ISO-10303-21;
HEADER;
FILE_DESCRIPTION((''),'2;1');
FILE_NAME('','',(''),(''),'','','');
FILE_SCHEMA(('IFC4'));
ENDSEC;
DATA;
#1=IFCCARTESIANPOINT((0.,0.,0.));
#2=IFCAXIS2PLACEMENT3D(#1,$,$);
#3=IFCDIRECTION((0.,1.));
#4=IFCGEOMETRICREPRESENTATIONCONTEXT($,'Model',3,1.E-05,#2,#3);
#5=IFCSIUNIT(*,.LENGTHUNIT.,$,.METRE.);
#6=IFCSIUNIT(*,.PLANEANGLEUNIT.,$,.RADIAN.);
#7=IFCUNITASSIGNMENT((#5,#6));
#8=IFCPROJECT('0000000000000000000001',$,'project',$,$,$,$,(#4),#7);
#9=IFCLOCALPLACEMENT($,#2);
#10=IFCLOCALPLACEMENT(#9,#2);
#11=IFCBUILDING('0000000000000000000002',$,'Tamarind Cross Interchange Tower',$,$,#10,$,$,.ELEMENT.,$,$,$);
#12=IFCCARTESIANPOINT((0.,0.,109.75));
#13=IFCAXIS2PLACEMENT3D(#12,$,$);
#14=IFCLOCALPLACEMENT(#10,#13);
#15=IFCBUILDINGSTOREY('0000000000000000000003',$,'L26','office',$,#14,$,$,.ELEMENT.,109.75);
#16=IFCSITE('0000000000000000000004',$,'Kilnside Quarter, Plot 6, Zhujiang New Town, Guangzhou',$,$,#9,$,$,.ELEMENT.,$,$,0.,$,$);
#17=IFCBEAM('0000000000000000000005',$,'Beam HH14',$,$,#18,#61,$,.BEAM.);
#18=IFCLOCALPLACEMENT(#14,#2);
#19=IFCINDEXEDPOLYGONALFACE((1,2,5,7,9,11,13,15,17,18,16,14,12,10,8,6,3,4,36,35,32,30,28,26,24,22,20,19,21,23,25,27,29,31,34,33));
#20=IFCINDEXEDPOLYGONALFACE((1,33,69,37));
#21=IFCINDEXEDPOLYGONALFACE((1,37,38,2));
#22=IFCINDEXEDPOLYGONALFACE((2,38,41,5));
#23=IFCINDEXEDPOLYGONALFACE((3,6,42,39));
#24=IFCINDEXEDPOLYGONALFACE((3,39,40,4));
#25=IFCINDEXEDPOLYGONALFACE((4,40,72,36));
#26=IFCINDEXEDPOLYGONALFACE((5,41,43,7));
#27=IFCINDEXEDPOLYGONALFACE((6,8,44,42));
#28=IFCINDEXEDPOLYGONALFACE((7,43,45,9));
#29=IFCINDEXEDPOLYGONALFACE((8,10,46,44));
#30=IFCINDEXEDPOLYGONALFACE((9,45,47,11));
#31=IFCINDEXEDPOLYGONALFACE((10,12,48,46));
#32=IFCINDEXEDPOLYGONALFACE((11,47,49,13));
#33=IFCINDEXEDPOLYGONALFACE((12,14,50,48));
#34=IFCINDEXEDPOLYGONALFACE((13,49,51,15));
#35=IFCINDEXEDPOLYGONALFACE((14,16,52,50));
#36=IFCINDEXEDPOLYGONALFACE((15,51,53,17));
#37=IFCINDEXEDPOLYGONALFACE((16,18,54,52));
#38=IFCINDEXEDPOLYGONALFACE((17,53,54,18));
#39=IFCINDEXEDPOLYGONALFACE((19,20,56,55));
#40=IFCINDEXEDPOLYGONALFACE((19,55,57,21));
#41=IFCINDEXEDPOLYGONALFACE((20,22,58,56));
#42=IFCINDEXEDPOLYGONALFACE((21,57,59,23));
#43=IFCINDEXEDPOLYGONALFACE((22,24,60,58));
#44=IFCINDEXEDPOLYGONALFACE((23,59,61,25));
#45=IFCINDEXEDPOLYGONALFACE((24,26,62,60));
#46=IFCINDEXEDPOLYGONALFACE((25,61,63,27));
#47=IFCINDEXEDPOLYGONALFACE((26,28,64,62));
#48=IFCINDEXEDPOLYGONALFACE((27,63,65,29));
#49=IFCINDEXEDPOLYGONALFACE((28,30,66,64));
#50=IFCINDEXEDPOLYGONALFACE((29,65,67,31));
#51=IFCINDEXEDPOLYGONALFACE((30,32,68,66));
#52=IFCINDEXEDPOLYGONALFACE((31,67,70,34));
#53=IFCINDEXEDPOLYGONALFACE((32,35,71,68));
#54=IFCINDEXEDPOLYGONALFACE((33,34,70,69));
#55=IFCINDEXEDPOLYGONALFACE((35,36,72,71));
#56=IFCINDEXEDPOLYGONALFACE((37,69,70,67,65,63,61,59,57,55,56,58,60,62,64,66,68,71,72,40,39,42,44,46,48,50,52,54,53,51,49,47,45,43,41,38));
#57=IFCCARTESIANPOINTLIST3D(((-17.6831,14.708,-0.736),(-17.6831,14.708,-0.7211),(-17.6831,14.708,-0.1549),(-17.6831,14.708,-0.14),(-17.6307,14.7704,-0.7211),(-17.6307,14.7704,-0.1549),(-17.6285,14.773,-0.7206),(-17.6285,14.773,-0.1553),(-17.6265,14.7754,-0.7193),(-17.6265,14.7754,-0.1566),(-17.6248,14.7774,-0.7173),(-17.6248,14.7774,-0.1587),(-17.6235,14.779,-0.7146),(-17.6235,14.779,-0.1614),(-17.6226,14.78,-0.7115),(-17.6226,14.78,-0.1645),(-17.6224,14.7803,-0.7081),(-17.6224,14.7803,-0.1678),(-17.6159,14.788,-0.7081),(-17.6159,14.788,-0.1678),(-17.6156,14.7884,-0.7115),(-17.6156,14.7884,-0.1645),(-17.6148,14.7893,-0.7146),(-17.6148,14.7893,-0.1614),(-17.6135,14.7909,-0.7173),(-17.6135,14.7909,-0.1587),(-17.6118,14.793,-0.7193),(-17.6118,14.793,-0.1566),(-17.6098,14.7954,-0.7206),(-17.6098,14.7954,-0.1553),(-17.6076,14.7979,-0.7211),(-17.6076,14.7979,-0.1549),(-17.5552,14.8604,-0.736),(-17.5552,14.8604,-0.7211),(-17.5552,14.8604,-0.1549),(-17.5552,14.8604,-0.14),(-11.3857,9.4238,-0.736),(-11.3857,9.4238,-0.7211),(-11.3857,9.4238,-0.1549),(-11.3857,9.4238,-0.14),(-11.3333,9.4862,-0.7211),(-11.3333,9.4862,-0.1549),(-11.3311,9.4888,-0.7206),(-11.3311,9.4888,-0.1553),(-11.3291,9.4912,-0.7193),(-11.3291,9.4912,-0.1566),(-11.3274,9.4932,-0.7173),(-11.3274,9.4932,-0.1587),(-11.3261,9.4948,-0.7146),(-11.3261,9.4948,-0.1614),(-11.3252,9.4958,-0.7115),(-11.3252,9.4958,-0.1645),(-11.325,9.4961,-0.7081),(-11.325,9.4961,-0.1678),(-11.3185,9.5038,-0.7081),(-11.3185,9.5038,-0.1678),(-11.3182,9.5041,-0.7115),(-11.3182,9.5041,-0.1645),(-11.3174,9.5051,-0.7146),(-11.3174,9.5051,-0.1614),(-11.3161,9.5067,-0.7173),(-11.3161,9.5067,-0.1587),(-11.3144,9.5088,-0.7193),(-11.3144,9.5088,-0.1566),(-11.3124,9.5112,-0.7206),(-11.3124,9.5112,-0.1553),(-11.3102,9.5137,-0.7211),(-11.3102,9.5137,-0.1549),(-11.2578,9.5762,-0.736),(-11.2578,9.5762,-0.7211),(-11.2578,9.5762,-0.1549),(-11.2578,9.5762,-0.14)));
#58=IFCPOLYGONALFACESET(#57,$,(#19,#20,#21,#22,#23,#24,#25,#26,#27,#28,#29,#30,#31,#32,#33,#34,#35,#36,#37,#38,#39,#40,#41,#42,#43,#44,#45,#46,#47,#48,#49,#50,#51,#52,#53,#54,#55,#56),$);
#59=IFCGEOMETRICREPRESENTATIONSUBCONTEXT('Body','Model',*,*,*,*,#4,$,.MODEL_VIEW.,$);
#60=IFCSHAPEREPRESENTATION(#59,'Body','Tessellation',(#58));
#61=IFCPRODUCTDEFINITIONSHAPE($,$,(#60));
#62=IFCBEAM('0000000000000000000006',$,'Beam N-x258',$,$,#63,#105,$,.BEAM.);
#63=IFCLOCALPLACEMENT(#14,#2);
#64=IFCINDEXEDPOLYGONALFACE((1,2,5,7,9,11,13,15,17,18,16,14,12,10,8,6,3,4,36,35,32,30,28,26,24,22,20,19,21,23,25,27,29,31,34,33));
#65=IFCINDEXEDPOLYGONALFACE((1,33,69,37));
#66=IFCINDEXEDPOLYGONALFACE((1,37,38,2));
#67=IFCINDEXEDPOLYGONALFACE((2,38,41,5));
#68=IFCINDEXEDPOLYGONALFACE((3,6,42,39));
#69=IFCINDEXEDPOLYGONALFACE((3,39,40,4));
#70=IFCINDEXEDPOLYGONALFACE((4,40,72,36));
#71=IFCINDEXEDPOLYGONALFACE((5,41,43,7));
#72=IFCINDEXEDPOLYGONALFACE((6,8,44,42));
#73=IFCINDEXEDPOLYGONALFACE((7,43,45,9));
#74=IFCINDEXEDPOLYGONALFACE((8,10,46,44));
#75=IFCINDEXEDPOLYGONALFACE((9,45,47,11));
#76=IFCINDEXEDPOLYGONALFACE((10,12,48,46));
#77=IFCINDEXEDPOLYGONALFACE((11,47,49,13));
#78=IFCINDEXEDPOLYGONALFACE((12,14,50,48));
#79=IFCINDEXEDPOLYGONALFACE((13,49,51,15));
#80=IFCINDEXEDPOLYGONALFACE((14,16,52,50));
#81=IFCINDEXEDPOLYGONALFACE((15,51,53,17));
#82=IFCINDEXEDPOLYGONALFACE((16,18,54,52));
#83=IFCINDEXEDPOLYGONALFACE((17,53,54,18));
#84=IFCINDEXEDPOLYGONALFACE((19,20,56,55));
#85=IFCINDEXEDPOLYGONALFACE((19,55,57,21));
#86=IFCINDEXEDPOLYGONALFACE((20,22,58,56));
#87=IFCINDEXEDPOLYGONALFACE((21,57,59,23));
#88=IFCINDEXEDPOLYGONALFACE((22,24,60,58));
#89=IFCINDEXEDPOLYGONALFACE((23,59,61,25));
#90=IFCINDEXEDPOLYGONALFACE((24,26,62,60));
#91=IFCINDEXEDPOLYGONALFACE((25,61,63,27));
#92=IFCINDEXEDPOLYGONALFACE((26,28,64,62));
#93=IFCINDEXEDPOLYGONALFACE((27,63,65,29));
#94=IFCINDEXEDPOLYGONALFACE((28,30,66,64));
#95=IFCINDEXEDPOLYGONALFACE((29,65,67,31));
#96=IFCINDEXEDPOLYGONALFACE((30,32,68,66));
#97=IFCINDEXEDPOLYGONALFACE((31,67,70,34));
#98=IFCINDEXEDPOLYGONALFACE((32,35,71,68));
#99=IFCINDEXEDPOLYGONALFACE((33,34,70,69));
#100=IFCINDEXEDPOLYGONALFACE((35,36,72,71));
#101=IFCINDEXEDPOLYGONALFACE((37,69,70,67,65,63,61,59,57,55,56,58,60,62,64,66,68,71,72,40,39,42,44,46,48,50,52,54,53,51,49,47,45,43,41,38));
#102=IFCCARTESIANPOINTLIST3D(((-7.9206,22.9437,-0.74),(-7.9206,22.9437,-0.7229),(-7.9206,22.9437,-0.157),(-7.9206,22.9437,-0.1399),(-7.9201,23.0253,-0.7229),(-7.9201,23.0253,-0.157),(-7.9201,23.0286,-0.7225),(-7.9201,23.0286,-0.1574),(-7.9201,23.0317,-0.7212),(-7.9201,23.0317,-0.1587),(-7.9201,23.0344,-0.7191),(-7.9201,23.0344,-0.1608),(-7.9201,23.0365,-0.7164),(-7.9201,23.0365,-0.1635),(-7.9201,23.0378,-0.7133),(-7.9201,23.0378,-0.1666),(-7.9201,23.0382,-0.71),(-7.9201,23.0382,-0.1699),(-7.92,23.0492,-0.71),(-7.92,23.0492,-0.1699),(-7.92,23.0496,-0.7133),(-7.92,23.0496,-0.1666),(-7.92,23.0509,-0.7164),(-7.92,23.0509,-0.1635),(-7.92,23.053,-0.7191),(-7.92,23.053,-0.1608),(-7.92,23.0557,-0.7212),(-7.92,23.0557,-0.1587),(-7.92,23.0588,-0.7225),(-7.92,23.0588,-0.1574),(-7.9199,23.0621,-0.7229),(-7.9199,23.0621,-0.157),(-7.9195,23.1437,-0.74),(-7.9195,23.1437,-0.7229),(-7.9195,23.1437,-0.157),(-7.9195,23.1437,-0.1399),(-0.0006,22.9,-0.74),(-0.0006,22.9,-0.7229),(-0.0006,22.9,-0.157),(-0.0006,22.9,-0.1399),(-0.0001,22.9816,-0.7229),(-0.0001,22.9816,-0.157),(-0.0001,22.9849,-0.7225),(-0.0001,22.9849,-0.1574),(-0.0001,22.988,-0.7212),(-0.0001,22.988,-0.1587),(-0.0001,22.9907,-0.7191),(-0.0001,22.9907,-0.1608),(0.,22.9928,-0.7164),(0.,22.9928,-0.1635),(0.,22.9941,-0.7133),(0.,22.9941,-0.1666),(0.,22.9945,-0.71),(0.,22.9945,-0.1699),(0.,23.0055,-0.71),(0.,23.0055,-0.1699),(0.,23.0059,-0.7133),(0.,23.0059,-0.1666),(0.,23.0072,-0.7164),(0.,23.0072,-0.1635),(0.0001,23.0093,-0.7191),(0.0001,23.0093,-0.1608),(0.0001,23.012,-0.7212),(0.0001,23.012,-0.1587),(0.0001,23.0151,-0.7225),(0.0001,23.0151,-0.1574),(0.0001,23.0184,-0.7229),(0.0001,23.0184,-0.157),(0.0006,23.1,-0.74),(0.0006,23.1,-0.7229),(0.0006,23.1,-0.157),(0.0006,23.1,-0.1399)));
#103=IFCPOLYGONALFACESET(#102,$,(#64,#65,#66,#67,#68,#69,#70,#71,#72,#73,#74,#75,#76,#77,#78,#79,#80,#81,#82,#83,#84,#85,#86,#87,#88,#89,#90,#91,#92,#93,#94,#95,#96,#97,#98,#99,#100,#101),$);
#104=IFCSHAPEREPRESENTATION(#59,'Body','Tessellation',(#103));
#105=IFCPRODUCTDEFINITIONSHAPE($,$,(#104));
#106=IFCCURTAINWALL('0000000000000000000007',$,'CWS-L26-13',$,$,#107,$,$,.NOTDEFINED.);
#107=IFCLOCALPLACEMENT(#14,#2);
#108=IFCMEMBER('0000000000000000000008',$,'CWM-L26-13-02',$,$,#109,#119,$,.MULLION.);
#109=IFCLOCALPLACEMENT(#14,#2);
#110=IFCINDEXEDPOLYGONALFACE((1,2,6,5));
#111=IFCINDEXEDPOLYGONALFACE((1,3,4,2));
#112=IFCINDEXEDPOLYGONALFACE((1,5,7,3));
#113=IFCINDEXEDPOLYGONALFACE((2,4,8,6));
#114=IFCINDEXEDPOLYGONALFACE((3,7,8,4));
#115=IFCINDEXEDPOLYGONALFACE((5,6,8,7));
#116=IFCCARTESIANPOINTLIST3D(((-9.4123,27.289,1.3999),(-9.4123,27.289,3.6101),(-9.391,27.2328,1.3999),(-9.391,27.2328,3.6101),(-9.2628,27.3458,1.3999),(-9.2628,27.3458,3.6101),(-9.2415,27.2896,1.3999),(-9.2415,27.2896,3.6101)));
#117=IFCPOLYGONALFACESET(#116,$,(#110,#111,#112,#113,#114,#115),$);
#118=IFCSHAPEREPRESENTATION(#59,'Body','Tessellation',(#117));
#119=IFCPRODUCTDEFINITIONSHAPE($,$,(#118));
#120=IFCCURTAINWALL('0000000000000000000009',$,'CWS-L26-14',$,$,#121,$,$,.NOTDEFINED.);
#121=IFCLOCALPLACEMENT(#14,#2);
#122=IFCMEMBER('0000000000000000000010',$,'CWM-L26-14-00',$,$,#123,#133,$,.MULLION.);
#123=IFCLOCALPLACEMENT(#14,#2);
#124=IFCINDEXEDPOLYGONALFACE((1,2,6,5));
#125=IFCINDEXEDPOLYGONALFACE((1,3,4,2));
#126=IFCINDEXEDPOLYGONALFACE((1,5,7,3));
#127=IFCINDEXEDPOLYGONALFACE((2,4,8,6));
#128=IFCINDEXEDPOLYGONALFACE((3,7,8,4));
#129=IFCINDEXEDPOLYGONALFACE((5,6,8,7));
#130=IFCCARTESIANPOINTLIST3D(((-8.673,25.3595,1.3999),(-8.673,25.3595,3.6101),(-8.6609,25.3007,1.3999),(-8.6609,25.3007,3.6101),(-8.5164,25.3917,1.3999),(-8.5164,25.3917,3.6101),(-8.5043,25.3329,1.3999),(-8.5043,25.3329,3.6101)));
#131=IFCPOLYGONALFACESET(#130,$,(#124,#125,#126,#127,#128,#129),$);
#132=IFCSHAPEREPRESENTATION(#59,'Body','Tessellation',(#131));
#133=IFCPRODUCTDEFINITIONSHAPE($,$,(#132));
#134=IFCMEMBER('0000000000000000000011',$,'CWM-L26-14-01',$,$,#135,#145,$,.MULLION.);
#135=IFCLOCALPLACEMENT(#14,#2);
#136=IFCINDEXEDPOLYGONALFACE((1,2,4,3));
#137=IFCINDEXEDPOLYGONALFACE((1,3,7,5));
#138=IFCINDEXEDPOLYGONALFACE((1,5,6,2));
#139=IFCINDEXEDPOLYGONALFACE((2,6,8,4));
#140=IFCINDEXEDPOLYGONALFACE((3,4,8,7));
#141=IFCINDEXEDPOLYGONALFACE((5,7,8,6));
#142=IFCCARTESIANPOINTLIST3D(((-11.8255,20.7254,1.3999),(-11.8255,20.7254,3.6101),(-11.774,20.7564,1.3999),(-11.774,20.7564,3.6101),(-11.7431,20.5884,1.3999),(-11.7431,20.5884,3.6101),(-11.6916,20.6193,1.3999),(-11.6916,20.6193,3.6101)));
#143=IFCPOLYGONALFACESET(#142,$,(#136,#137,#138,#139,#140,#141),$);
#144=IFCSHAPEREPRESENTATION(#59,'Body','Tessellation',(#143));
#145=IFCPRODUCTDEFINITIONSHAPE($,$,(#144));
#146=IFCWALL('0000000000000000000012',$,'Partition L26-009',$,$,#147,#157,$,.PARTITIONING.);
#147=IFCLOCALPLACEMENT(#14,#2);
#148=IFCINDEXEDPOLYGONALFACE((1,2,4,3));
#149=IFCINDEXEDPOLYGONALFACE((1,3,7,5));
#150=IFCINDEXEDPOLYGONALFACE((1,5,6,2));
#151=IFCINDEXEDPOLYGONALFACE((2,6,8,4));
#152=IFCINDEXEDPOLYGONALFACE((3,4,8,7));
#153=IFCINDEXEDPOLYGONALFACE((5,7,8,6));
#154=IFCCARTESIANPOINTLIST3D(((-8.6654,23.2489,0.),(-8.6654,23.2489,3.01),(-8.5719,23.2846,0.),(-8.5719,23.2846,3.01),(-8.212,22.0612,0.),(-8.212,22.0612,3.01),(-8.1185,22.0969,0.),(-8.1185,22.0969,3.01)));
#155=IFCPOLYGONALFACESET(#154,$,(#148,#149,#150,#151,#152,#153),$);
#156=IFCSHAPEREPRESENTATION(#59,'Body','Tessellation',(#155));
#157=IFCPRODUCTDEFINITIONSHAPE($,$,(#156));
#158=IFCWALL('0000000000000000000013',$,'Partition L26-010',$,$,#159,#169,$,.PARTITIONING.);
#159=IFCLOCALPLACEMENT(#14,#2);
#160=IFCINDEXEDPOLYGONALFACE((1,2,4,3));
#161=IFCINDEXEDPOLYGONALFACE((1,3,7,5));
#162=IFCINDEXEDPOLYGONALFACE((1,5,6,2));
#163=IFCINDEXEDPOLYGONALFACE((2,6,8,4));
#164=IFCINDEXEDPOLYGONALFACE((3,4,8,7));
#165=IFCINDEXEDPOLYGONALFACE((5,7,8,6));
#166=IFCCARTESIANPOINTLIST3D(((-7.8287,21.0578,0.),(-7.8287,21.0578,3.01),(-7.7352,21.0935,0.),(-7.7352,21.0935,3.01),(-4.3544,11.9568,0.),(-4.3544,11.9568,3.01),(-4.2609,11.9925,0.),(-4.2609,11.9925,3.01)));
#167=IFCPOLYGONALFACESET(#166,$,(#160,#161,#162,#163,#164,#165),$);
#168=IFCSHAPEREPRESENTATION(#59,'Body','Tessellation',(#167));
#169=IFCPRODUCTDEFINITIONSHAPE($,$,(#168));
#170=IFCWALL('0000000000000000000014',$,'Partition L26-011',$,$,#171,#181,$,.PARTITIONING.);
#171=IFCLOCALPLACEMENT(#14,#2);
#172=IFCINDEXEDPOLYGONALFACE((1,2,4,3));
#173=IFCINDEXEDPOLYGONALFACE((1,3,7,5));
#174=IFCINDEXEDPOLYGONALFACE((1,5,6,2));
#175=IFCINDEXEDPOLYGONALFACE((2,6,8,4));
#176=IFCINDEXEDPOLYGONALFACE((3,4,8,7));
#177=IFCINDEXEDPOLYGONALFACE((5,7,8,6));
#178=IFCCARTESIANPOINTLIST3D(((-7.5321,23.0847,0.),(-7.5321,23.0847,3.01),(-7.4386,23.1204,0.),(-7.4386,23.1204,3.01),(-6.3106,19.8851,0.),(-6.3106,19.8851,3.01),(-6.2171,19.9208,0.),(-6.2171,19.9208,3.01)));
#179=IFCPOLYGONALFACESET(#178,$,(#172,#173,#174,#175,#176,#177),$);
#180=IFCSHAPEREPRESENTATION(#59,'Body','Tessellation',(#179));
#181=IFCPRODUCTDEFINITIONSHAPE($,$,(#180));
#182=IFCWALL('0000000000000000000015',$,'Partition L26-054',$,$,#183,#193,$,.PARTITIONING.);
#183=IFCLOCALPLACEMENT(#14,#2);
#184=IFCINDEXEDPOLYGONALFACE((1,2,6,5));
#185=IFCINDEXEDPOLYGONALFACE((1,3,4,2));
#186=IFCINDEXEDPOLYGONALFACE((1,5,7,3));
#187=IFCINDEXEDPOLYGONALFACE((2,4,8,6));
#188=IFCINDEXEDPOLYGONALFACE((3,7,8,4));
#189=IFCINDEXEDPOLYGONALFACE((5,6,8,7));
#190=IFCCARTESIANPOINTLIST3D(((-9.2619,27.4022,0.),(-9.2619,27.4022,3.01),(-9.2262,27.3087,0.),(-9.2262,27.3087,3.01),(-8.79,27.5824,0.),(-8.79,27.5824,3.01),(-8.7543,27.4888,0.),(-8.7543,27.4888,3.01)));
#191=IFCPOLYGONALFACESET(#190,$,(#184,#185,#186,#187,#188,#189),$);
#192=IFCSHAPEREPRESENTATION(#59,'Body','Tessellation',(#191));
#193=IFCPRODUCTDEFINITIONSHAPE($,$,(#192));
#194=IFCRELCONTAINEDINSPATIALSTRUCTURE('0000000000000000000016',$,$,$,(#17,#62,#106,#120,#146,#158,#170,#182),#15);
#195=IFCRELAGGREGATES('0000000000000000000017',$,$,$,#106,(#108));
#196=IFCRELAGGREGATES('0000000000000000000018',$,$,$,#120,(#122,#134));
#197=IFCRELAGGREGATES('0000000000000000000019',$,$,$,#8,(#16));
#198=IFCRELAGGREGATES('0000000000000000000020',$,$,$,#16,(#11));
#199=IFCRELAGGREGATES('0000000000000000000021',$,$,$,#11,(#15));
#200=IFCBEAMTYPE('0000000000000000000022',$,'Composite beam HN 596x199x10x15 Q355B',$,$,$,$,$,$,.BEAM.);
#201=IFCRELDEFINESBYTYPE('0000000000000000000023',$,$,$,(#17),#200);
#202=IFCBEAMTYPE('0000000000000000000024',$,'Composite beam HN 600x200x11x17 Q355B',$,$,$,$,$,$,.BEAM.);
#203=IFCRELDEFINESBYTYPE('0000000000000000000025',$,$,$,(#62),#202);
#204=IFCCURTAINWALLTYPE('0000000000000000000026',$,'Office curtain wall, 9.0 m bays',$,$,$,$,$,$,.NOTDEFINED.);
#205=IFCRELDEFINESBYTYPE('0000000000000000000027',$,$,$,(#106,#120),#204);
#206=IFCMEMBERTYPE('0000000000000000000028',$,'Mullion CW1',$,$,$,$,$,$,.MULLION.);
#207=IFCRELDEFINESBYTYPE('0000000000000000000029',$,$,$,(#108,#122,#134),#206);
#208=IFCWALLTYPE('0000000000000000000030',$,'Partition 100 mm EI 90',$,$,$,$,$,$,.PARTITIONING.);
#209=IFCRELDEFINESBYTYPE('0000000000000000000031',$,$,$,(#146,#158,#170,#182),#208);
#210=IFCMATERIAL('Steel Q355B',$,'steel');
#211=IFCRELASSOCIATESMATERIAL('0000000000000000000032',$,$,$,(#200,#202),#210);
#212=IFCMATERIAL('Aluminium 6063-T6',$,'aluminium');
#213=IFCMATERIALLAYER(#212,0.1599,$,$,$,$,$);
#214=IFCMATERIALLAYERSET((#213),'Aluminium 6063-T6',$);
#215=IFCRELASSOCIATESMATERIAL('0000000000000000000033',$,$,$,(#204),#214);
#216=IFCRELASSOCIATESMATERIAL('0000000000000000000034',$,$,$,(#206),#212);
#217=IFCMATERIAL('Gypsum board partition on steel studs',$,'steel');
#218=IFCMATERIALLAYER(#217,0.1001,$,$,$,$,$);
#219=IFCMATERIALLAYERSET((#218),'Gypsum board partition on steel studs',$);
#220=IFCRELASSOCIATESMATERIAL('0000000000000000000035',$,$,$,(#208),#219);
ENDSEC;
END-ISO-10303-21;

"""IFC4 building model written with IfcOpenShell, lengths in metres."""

from ifc_helpers import new_model, si_unit, direction, frame, frame_2d, origin, origin_2d, place, context, subcontext, project, spatial, rectangle, i_section, extrude, material, layer, layer_set, material_profile, profile_set, type_object, element, aggregate, save


model = new_model("IFC4")

# Units and contexts
model_context = context("Model", 3, precision=1e-05, world=origin(), true_north=direction((0.0, 1.0)))
body_context = subcontext(model_context, "Body", "Model", "MODEL_VIEW")
ifc_project = project(units=[si_unit("LENGTHUNIT", "METRE"), si_unit("PLANEANGLEUNIT", "RADIAN")], contexts=[model_context])

# Site, building, storey
site_placement = place(None, origin())
site = spatial("IfcSite", under=ifc_project, at=site_placement, Name="Kilnside Quarter, Plot 6, Zhujiang New Town, Guangzhou", CompositionType="ELEMENT", RefElevation=0.0)
building_placement = place(site_placement, origin())
building = spatial("IfcBuilding", under=site, at=building_placement, Name="Tamarind Cross Interchange Tower", CompositionType="ELEMENT")
storey_placement = place(building_placement, frame((0.0, 0.0, 109.75)))
storey = spatial("IfcBuildingStorey", under=building, at=storey_placement, Name="L26", Description="office", CompositionType="ELEMENT", Elevation=109.75)

# Beams
ifc_material_1 = material(Name="Steel Q355B", Category="steel")
ifc_material_profile_1 = material_profile(ifc_material_1, i_section(OverallWidth=0.199, OverallDepth=0.5959, WebThickness=0.01, FlangeThickness=0.0149, FilletRadius=0.0129, at=origin_2d()), Name="HN 596x199x10x15")
ifc_profile_set_1 = profile_set([ifc_material_profile_1], Name="Steel Q355B")
beam_type_1 = type_object("IfcBeamType", Name="Composite beam HN 596x199x10x15 Q355B", PredefinedType="BEAM", material=ifc_profile_set_1)
beam_1_placement = place(storey_placement, frame((-17.6191, 14.7842, -0.438), z_axis=(0.766041, -0.642792, 0.0), x_axis=(0.642792, 0.766041, 0.0)))
element("IfcBeam", 1, at=beam_1_placement, inside=storey, type_object=beam_type_1, Name="Beam HH14", PredefinedType="BEAM", context=body_context, shape_type="SweptSolid", body=[
    extrude(i_section(OverallWidth=0.199, OverallDepth=0.5959, WebThickness=0.01, FlangeThickness=0.0149, FilletRadius=0.0129, at=origin_2d()), origin(), (0.0, 0.0, 1.0), 8.2207),
])
ifc_material_profile_2 = material_profile(ifc_material_1, i_section(OverallWidth=0.2, OverallDepth=0.6001, WebThickness=0.011, FlangeThickness=0.0171, FilletRadius=0.0129, at=origin_2d()), Name="HN 600x200x11x17")
ifc_profile_set_2 = profile_set([ifc_material_profile_2], Name="Steel Q355B")
beam_type_2 = type_object("IfcBeamType", Name="Composite beam HN 600x200x11x17 Q355B", PredefinedType="BEAM", material=ifc_profile_set_2)
beam_2_placement = place(storey_placement, frame((0.0, 23.0, -0.4399), z_axis=(-0.999985, 0.005518, 0.0), x_axis=(-0.005518, -0.999985, 0.0)))
element("IfcBeam", 2, at=beam_2_placement, inside=storey, type_object=beam_type_2, Name="Beam N-x258", PredefinedType="BEAM", context=body_context, shape_type="SweptSolid", body=[
    extrude(i_section(OverallWidth=0.2, OverallDepth=0.6001, WebThickness=0.011, FlangeThickness=0.0171, FilletRadius=0.0129, at=origin_2d()), origin(), (0.0, 0.0, 1.0), 7.9202),
])

# Curtain wall, member
ifc_material_2 = material(Name="Aluminium 6063-T6", Category="aluminium")
ifc_layer_1 = layer(ifc_material_2, 0.1599)
ifc_layer_set_1 = layer_set([ifc_layer_1], Name="Aluminium 6063-T6")
curtain_wall_type = type_object("IfcCurtainWallType", Name="Office curtain wall, 9.0 m bays", PredefinedType="NOTDEFINED", material=ifc_layer_set_1)
curtain_wall_1_placement = place(storey_placement, origin())
curtain_wall_1 = element("IfcCurtainWall", 3, at=curtain_wall_1_placement, inside=storey, type_object=curtain_wall_type, Name="CWS-L26-13", PredefinedType="NOTDEFINED")
ifc_material_profile_3 = material_profile(ifc_material_2, rectangle(XDim=0.0601, YDim=0.1599, at=origin_2d()), Name="Mullion CW1")
ifc_profile_set_3 = profile_set([ifc_material_profile_3], Name="Aluminium 6063-T6")
member_type = type_object("IfcMemberType", Name="Mullion CW1", PredefinedType="MULLION", material=ifc_profile_set_3)
member_1_placement = place(storey_placement, frame((-9.3269, 27.2893, 1.3999), z_axis=(0.0, 0.0, 1.0), x_axis=(0.355186, -0.934796, 0.0)))
member_1 = element("IfcMember", 4, at=member_1_placement, type_object=member_type, Name="CWM-L26-13-02", PredefinedType="MULLION", context=body_context, shape_type="SweptSolid", body=[
    extrude(rectangle(XDim=0.0601, YDim=0.1599, at=origin_2d()), origin(), (0.0, 0.0, 1.0), 2.2102),
])
aggregate(curtain_wall_1, [member_1])

# Curtain wall, members
curtain_wall_2_placement = place(storey_placement, origin())
curtain_wall_2 = element("IfcCurtainWall", 5, at=curtain_wall_2_placement, inside=storey, type_object=curtain_wall_type, Name="CWS-L26-14", PredefinedType="NOTDEFINED")
member_2_placement = place(storey_placement, frame((-8.5886, 25.3462, 1.3999), z_axis=(0.0, 0.0, 1.0), x_axis=(0.201537, -0.979481, 0.0)))
member_2 = element("IfcMember", 6, at=member_2_placement, type_object=member_type, Name="CWM-L26-14-00", PredefinedType="MULLION", context=body_context, shape_type="SweptSolid", body=[
    extrude(rectangle(XDim=0.0601, YDim=0.1599, at=origin_2d()), origin(), (0.0, 0.0, 1.0), 2.2102),
])
member_3_placement = place(storey_placement, frame((-11.7585, 20.6724, 1.3999), z_axis=(0.0, 0.0, 1.0), x_axis=(-0.856843, -0.515577, 0.0)))
member_3 = element("IfcMember", 7, at=member_3_placement, type_object=member_type, Name="CWM-L26-14-01", PredefinedType="MULLION", context=body_context, shape_type="SweptSolid", body=[
    extrude(rectangle(XDim=0.0601, YDim=0.1599, at=origin_2d()), origin(), (0.0, 0.0, 1.0), 2.2102),
])
aggregate(curtain_wall_2, [member_2, member_3])

# Walls
ifc_material_3 = material(Name="Gypsum board partition on steel studs", Category="steel")
ifc_layer_2 = layer(ifc_material_3, 0.1001)
ifc_layer_set_2 = layer_set([ifc_layer_2], Name="Gypsum board partition on steel studs")
wall_type_1 = type_object("IfcWallType", Name="Partition 100 mm EI 90", PredefinedType="PARTITIONING", material=ifc_layer_set_2)
wall_1_placement = place(storey_placement, frame((-8.6187, 23.2668, 0.0), z_axis=(0.0, 0.0, 1.0), x_axis=(0.35661, -0.934253, 0.0)))
element("IfcWall", 8, at=wall_1_placement, inside=storey, type_object=wall_type_1, Name="Partition L26-009", PredefinedType="PARTITIONING", context=body_context, shape_type="SweptSolid", body=[
    extrude(rectangle(XDim=1.2712, YDim=0.1001, at=frame_2d((0.6357, 0.0))), origin(), (0.0, 0.0, 1.0), 3.01),
])
wall_2_placement = place(storey_placement, frame((-7.782, 21.0757, 0.0), z_axis=(0.0, 0.0, 1.0), x_axis=(0.356649, -0.934239, 0.0)))
element("IfcWall", 9, at=wall_2_placement, inside=storey, type_object=wall_type_1, Name="Partition L26-010", PredefinedType="PARTITIONING", context=body_context, shape_type="SweptSolid", body=[
    extrude(rectangle(XDim=9.7417, YDim=0.1001, at=frame_2d((4.8708, 0.0))), origin(), (0.0, 0.0, 1.0), 3.01),
])
wall_3_placement = place(storey_placement, frame((-7.4854, 23.1025, 0.0), z_axis=(0.0, 0.0, 1.0), x_axis=(0.356656, -0.934236, 0.0)))
element("IfcWall", 10, at=wall_3_placement, inside=storey, type_object=wall_type_1, Name="Partition L26-011", PredefinedType="PARTITIONING", context=body_context, shape_type="SweptSolid", body=[
    extrude(rectangle(XDim=3.4248, YDim=0.1001, at=frame_2d((1.7124, 0.0))), origin(), (0.0, 0.0, 1.0), 3.01),
])
wall_4_placement = place(storey_placement, frame((-9.2439, 27.3555, 0.0), z_axis=(0.0, 0.0, 1.0), x_axis=(0.934227, 0.356679, 0.0)))
element("IfcWall", 11, at=wall_4_placement, inside=storey, type_object=wall_type_1, Name="Partition L26-054", PredefinedType="PARTITIONING", context=body_context, shape_type="SweptSolid", body=[
    extrude(rectangle(XDim=0.5051, YDim=0.1001, at=frame_2d((0.2524, 0.0))), origin(), (0.0, 0.0, 1.0), 3.01),
])

save(model, "model.ifc")
